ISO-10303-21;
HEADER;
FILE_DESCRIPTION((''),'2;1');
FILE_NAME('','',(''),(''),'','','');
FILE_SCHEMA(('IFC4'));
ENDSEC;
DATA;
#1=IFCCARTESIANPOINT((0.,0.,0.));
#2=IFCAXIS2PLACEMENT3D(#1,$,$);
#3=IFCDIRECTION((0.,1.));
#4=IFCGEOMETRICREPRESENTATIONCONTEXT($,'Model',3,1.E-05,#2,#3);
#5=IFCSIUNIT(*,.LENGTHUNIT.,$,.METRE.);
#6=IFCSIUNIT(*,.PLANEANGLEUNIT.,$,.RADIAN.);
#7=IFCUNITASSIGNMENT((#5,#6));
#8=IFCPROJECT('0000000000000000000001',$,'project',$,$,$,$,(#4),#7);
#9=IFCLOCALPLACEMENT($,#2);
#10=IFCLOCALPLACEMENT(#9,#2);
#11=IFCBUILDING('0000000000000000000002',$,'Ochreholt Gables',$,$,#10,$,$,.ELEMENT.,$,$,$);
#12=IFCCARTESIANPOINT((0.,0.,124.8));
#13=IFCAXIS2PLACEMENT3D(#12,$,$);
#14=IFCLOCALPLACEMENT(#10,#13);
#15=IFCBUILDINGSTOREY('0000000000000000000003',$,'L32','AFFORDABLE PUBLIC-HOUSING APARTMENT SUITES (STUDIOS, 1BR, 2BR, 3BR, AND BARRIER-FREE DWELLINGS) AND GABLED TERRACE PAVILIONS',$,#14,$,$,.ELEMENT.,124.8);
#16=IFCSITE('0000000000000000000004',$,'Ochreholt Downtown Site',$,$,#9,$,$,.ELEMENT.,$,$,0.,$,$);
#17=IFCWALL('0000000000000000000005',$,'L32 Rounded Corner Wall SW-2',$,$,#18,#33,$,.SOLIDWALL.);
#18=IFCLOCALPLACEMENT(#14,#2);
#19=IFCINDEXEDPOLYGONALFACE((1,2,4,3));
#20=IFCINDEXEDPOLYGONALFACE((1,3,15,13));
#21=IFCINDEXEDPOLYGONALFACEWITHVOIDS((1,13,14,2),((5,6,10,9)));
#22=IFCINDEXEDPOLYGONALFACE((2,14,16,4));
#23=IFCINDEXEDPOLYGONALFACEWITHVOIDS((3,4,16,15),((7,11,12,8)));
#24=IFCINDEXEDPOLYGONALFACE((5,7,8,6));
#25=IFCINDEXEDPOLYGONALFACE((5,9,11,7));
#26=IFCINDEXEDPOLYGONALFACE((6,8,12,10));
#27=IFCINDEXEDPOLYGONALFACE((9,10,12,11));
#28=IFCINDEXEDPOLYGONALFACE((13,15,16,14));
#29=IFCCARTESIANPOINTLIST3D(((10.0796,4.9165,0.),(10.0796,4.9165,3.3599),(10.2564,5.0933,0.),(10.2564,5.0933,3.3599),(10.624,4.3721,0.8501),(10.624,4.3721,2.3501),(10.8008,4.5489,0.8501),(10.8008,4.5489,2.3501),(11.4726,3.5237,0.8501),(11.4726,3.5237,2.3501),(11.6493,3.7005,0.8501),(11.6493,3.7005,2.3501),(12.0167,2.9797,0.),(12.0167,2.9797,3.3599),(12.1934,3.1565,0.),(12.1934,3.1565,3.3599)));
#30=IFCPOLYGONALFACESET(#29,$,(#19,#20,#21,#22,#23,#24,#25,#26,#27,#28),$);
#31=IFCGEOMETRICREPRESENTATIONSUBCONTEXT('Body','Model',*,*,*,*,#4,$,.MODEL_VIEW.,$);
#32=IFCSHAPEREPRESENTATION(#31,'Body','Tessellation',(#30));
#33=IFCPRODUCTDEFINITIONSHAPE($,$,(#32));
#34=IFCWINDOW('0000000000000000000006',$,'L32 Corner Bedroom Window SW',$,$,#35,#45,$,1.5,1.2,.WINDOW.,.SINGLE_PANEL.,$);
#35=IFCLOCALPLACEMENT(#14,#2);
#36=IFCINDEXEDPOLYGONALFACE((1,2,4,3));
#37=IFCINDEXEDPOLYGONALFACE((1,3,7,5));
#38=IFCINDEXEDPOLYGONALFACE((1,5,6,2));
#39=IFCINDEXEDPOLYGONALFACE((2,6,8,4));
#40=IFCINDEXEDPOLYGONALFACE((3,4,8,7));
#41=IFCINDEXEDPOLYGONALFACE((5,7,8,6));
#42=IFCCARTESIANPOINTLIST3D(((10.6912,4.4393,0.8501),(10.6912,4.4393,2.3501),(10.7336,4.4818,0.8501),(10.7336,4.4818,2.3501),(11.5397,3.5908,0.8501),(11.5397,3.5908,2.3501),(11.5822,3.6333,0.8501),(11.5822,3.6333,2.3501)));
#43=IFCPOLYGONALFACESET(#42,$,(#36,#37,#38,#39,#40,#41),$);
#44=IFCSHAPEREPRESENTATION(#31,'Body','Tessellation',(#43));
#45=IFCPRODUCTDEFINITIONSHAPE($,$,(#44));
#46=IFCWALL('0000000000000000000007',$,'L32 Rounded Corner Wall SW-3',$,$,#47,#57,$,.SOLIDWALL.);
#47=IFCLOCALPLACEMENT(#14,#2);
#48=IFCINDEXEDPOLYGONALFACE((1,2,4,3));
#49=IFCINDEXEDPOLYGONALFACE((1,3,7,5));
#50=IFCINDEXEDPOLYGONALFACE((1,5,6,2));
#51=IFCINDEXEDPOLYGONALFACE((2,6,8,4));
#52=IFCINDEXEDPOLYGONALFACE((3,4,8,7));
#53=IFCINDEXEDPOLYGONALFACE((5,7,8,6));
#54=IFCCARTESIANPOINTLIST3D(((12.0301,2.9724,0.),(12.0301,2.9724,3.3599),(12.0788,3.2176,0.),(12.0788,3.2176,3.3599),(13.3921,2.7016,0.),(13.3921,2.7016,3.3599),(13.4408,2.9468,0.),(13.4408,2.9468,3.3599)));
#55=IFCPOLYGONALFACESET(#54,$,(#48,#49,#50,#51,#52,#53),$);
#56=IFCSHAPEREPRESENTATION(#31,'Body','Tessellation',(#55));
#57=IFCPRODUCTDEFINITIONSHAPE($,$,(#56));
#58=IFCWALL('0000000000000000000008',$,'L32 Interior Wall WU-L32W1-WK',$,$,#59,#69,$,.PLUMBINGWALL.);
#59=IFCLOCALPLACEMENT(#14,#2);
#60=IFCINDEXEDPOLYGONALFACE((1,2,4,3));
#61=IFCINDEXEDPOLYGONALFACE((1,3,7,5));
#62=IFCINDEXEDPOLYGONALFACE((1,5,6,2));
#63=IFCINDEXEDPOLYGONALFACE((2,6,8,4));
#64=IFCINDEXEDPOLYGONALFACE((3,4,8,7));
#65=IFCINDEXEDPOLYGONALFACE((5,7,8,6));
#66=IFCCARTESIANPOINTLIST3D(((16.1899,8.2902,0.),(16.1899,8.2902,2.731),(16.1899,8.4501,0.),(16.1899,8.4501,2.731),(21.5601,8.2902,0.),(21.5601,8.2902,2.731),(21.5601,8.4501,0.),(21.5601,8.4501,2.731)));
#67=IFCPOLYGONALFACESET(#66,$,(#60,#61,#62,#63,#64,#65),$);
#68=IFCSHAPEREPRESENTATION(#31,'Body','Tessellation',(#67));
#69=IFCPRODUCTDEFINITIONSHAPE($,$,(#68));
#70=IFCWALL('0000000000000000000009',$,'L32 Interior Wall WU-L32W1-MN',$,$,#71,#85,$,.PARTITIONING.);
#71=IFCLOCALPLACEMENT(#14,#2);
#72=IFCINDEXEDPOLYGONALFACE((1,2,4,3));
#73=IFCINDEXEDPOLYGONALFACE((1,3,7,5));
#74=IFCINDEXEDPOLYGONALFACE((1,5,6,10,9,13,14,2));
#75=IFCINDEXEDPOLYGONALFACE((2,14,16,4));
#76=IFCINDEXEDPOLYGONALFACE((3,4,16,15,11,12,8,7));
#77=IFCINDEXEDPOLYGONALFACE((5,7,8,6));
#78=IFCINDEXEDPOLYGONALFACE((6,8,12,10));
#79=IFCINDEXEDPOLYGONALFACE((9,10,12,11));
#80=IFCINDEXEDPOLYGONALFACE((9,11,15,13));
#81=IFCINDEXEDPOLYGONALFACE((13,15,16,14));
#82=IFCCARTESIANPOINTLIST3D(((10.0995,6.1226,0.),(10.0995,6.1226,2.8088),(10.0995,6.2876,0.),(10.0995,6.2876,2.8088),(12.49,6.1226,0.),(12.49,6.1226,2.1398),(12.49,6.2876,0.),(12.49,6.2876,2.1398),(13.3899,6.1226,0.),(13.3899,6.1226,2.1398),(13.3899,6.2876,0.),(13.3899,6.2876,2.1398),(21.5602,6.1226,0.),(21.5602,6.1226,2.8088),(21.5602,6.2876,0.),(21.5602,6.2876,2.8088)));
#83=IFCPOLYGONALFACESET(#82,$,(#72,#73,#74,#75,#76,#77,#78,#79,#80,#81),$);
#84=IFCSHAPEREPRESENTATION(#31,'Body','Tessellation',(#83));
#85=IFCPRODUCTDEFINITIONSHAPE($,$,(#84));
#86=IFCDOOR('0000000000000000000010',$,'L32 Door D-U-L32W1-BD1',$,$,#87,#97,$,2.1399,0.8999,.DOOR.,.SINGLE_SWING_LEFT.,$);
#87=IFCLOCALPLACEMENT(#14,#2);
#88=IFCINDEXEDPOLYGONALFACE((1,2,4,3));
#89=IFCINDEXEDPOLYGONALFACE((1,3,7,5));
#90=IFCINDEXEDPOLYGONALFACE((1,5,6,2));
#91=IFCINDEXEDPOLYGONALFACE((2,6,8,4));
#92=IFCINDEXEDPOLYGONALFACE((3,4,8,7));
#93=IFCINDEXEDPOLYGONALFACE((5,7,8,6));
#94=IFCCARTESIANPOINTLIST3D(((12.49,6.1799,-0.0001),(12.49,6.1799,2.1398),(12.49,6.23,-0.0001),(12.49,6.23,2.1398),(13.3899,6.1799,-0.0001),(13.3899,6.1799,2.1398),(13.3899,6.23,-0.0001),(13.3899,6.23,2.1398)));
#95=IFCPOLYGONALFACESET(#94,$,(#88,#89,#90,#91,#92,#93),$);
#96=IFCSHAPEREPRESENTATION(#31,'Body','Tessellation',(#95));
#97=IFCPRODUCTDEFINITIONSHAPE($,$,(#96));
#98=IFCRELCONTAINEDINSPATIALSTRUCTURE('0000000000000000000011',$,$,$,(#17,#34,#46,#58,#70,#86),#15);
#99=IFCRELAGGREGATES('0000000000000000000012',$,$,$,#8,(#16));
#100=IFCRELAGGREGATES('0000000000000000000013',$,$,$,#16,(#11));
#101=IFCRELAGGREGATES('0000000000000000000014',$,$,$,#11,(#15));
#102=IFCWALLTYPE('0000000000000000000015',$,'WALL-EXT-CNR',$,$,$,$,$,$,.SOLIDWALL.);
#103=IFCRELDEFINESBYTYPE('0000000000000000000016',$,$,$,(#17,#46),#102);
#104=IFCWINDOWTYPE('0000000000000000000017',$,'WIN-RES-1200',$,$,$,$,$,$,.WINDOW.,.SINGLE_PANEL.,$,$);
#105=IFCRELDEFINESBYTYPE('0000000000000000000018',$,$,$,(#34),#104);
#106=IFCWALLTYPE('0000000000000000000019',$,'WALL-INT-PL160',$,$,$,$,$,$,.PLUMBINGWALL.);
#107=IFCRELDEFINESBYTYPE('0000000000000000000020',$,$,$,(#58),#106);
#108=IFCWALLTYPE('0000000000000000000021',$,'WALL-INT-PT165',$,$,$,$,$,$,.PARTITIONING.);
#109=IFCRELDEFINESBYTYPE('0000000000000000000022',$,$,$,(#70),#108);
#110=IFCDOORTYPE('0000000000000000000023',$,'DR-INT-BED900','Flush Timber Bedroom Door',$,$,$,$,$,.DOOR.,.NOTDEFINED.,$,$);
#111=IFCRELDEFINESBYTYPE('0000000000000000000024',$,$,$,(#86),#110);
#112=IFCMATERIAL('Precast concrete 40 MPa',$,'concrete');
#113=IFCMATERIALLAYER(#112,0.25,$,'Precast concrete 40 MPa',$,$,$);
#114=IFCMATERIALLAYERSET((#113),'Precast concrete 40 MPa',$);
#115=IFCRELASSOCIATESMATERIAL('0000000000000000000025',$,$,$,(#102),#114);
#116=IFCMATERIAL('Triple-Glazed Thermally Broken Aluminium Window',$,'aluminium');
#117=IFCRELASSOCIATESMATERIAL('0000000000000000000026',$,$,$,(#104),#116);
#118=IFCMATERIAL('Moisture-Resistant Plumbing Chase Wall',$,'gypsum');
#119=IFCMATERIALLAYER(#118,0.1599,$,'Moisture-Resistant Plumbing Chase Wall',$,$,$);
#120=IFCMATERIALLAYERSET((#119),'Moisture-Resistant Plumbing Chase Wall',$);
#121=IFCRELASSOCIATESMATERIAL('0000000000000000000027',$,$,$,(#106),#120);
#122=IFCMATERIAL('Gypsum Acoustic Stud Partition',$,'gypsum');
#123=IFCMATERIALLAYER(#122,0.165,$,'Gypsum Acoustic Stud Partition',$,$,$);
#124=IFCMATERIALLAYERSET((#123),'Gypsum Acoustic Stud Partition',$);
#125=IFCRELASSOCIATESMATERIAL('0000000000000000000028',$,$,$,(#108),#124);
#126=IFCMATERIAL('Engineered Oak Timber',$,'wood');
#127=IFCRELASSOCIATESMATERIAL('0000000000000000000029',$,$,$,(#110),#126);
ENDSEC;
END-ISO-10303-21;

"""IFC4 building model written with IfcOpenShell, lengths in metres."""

from ifc_helpers import new_model, si_unit, direction, frame, frame_2d, origin, place, context, subcontext, project, spatial, rectangle, extrude, material, layer, layer_set, type_object, element, fill, save


model = new_model("IFC4")

# Units and contexts
model_context = context("Model", 3, precision=1e-05, world=origin(), true_north=direction((0.0, 1.0)))
body_context = subcontext(model_context, "Body", "Model", "MODEL_VIEW")
ifc_project = project(units=[si_unit("LENGTHUNIT", "METRE"), si_unit("PLANEANGLEUNIT", "RADIAN")], contexts=[model_context])

# Site, building, storey
site_placement = place(None, origin())
site = spatial("IfcSite", under=ifc_project, at=site_placement, Name="Ochreholt Downtown Site", CompositionType="ELEMENT", RefElevation=0.0)
building_placement = place(site_placement, origin())
building = spatial("IfcBuilding", under=site, at=building_placement, Name="Ochreholt Gables", CompositionType="ELEMENT")
storey_placement = place(building_placement, frame((0.0, 0.0, 124.8)))
storey = spatial("IfcBuildingStorey", under=building, at=storey_placement, Name="L32", Description="AFFORDABLE PUBLIC-HOUSING APARTMENT SUITES (STUDIOS, 1BR, 2BR, 3BR, AND BARRIER-FREE DWELLINGS) AND GABLED TERRACE PAVILIONS", CompositionType="ELEMENT", Elevation=124.8)

# Shared definitions
ifc_material_1 = material(Name="Precast concrete 40 MPa", Category="concrete")
ifc_material_2 = material(Name="Triple-Glazed Thermally Broken Aluminium Window", Category="aluminium")

# Shared definitions
ifc_layer_1 = layer(ifc_material_1, 0.25, Name="Precast concrete 40 MPa")
ifc_layer_set_1 = layer_set([ifc_layer_1], Name="Precast concrete 40 MPa")
wall_type_1 = type_object("IfcWallType", Name="WALL-EXT-CNR", PredefinedType="SOLIDWALL", material=ifc_layer_set_1)

# Wall, opening, window
wall_1_placement = place(storey_placement, frame((10.168, 5.0049, 0.0), z_axis=(0.0, 0.0, 1.0), x_axis=(0.707151, -0.707062, 0.0)))
wall_1 = element("IfcWall", 1, at=wall_1_placement, inside=storey, type_object=wall_type_1, Name="L32 Rounded Corner Wall SW-2", PredefinedType="SOLIDWALL", context=body_context, shape_type="SweptSolid", body=[
    extrude(rectangle(XDim=2.7393, YDim=0.25, at=frame_2d((1.3696, 0.0))), origin(), (0.0, 0.0, 1.0), 3.3599),
])
opening_1_placement = place(wall_1_placement, frame((0.7698, 0.0, 0.8501)))
opening_1 = element("IfcOpeningElement", 2, at=opening_1_placement, cuts=wall_1, PredefinedType="OPENING", context=body_context, shape_type="SweptSolid", body=[
    extrude(rectangle(XDim=1.2, YDim=1.5, at=frame_2d((0.6001, 0.75))), frame((0.0, 0.135, 0.0), z_axis=(0.0, -1.0, 0.0), x_axis=(1.0, 0.0, 0.0)), (0.0, 0.0, 1.0), 0.27),
])
window_type_1 = type_object("IfcWindowType", Name="WIN-RES-1200", PartitioningType="SINGLE_PANEL", PredefinedType="WINDOW", material=ifc_material_2)
window_1_placement = place(opening_1_placement, origin())
window_1 = element("IfcWindow", 3, at=window_1_placement, inside=storey, type_object=window_type_1, Name="L32 Corner Bedroom Window SW", OverallHeight=1.5, OverallWidth=1.2, PartitioningType="SINGLE_PANEL", PredefinedType="WINDOW", context=body_context, shape_type="SweptSolid", body=[
    extrude(rectangle(XDim=1.2, YDim=1.5, at=frame_2d((0.6001, 0.75))), frame((0.0, 0.03, 0.0), z_axis=(0.0, -1.0, 0.0), x_axis=(1.0, 0.0, 0.0)), (0.0, 0.0, 1.0), 0.0601),
])
fill(opening_1, window_1)

# Wall
wall_2_placement = place(storey_placement, frame((12.0544, 3.095, 0.0), z_axis=(0.0, 0.0, 1.0), x_axis=(0.98081, -0.194967, 0.0)))
element("IfcWall", 4, at=wall_2_placement, inside=storey, type_object=wall_type_1, Name="L32 Rounded Corner Wall SW-3", PredefinedType="SOLIDWALL", context=body_context, shape_type="SweptSolid", body=[
    extrude(rectangle(XDim=1.3887, YDim=0.25, at=frame_2d((0.6943, 0.0))), origin(), (0.0, 0.0, 1.0), 3.3599),
])

# Shared definitions
ifc_material_3 = material(Name="Moisture-Resistant Plumbing Chase Wall", Category="gypsum")
ifc_layer_2 = layer(ifc_material_3, 0.1599, Name="Moisture-Resistant Plumbing Chase Wall")
ifc_layer_set_2 = layer_set([ifc_layer_2], Name="Moisture-Resistant Plumbing Chase Wall")
wall_type_2 = type_object("IfcWallType", Name="WALL-INT-PL160", PredefinedType="PLUMBINGWALL", material=ifc_layer_set_2)
ifc_material_4 = material(Name="Engineered Oak Timber", Category="wood")

# Wall
wall_3_placement = place(storey_placement, frame((16.1899, 8.3701, 0.0), z_axis=(0.0, 0.0, 1.0), x_axis=(1.0, 0.0, 0.0)))
element("IfcWall", 5, at=wall_3_placement, inside=storey, type_object=wall_type_2, Name="L32 Interior Wall WU-L32W1-WK", PredefinedType="PLUMBINGWALL", context=body_context, shape_type="SweptSolid", body=[
    extrude(rectangle(XDim=5.3701, YDim=0.1599, at=frame_2d((2.6851, 0.0))), origin(), (0.0, 0.0, 1.0), 2.731),
])

# Wall, opening, door
ifc_material_5 = material(Name="Gypsum Acoustic Stud Partition", Category="gypsum")
ifc_layer_3 = layer(ifc_material_5, 0.165, Name="Gypsum Acoustic Stud Partition")
ifc_layer_set_3 = layer_set([ifc_layer_3], Name="Gypsum Acoustic Stud Partition")
wall_type_3 = type_object("IfcWallType", Name="WALL-INT-PT165", PredefinedType="PARTITIONING", material=ifc_layer_set_3)
wall_4_placement = place(storey_placement, frame((10.0994, 6.2051, 0.0), z_axis=(0.0, 0.0, 1.0), x_axis=(1.0, 0.0, 0.0)))
wall_4 = element("IfcWall", 6, at=wall_4_placement, inside=storey, type_object=wall_type_3, Name="L32 Interior Wall WU-L32W1-MN", PredefinedType="PARTITIONING", context=body_context, shape_type="SweptSolid", body=[
    extrude(rectangle(XDim=11.4607, YDim=0.165, at=frame_2d((5.7305, 0.0))), origin(), (0.0, 0.0, 1.0), 2.8088),
])
opening_2_placement = place(wall_4_placement, frame((2.3906, 0.0, 0.0)))
opening_2 = element("IfcOpeningElement", 7, at=opening_2_placement, cuts=wall_4, PredefinedType="OPENING", context=body_context, shape_type="SweptSolid", body=[
    extrude(rectangle(XDim=0.8999, YDim=2.1399, at=frame_2d((0.45, 1.0698))), frame((0.0, 0.0925, 0.0), z_axis=(0.0, -1.0, 0.0), x_axis=(1.0, 0.0, 0.0)), (0.0, 0.0, 1.0), 0.1851),
])
door_type_1 = type_object("IfcDoorType", Name="DR-INT-BED900", Description="Flush Timber Bedroom Door", OperationType="NOTDEFINED", PredefinedType="DOOR", material=ifc_material_4)
door_1_placement = place(opening_2_placement, origin())
door_1 = element("IfcDoor", 8, at=door_1_placement, inside=storey, type_object=door_type_1, Name="L32 Door D-U-L32W1-BD1", OperationType="SINGLE_SWING_LEFT", OverallHeight=2.1399, OverallWidth=0.8999, PredefinedType="DOOR", context=body_context, shape_type="SweptSolid", body=[
    extrude(rectangle(XDim=0.8999, YDim=2.1399, at=frame_2d((0.45, 1.0698))), frame((0.0, 0.0249, 0.0), z_axis=(0.0, -1.0, 0.0), x_axis=(1.0, 0.0, 0.0)), (0.0, 0.0, 1.0), 0.05),
])
fill(opening_2, door_1)

save(model, "model.ifc")
